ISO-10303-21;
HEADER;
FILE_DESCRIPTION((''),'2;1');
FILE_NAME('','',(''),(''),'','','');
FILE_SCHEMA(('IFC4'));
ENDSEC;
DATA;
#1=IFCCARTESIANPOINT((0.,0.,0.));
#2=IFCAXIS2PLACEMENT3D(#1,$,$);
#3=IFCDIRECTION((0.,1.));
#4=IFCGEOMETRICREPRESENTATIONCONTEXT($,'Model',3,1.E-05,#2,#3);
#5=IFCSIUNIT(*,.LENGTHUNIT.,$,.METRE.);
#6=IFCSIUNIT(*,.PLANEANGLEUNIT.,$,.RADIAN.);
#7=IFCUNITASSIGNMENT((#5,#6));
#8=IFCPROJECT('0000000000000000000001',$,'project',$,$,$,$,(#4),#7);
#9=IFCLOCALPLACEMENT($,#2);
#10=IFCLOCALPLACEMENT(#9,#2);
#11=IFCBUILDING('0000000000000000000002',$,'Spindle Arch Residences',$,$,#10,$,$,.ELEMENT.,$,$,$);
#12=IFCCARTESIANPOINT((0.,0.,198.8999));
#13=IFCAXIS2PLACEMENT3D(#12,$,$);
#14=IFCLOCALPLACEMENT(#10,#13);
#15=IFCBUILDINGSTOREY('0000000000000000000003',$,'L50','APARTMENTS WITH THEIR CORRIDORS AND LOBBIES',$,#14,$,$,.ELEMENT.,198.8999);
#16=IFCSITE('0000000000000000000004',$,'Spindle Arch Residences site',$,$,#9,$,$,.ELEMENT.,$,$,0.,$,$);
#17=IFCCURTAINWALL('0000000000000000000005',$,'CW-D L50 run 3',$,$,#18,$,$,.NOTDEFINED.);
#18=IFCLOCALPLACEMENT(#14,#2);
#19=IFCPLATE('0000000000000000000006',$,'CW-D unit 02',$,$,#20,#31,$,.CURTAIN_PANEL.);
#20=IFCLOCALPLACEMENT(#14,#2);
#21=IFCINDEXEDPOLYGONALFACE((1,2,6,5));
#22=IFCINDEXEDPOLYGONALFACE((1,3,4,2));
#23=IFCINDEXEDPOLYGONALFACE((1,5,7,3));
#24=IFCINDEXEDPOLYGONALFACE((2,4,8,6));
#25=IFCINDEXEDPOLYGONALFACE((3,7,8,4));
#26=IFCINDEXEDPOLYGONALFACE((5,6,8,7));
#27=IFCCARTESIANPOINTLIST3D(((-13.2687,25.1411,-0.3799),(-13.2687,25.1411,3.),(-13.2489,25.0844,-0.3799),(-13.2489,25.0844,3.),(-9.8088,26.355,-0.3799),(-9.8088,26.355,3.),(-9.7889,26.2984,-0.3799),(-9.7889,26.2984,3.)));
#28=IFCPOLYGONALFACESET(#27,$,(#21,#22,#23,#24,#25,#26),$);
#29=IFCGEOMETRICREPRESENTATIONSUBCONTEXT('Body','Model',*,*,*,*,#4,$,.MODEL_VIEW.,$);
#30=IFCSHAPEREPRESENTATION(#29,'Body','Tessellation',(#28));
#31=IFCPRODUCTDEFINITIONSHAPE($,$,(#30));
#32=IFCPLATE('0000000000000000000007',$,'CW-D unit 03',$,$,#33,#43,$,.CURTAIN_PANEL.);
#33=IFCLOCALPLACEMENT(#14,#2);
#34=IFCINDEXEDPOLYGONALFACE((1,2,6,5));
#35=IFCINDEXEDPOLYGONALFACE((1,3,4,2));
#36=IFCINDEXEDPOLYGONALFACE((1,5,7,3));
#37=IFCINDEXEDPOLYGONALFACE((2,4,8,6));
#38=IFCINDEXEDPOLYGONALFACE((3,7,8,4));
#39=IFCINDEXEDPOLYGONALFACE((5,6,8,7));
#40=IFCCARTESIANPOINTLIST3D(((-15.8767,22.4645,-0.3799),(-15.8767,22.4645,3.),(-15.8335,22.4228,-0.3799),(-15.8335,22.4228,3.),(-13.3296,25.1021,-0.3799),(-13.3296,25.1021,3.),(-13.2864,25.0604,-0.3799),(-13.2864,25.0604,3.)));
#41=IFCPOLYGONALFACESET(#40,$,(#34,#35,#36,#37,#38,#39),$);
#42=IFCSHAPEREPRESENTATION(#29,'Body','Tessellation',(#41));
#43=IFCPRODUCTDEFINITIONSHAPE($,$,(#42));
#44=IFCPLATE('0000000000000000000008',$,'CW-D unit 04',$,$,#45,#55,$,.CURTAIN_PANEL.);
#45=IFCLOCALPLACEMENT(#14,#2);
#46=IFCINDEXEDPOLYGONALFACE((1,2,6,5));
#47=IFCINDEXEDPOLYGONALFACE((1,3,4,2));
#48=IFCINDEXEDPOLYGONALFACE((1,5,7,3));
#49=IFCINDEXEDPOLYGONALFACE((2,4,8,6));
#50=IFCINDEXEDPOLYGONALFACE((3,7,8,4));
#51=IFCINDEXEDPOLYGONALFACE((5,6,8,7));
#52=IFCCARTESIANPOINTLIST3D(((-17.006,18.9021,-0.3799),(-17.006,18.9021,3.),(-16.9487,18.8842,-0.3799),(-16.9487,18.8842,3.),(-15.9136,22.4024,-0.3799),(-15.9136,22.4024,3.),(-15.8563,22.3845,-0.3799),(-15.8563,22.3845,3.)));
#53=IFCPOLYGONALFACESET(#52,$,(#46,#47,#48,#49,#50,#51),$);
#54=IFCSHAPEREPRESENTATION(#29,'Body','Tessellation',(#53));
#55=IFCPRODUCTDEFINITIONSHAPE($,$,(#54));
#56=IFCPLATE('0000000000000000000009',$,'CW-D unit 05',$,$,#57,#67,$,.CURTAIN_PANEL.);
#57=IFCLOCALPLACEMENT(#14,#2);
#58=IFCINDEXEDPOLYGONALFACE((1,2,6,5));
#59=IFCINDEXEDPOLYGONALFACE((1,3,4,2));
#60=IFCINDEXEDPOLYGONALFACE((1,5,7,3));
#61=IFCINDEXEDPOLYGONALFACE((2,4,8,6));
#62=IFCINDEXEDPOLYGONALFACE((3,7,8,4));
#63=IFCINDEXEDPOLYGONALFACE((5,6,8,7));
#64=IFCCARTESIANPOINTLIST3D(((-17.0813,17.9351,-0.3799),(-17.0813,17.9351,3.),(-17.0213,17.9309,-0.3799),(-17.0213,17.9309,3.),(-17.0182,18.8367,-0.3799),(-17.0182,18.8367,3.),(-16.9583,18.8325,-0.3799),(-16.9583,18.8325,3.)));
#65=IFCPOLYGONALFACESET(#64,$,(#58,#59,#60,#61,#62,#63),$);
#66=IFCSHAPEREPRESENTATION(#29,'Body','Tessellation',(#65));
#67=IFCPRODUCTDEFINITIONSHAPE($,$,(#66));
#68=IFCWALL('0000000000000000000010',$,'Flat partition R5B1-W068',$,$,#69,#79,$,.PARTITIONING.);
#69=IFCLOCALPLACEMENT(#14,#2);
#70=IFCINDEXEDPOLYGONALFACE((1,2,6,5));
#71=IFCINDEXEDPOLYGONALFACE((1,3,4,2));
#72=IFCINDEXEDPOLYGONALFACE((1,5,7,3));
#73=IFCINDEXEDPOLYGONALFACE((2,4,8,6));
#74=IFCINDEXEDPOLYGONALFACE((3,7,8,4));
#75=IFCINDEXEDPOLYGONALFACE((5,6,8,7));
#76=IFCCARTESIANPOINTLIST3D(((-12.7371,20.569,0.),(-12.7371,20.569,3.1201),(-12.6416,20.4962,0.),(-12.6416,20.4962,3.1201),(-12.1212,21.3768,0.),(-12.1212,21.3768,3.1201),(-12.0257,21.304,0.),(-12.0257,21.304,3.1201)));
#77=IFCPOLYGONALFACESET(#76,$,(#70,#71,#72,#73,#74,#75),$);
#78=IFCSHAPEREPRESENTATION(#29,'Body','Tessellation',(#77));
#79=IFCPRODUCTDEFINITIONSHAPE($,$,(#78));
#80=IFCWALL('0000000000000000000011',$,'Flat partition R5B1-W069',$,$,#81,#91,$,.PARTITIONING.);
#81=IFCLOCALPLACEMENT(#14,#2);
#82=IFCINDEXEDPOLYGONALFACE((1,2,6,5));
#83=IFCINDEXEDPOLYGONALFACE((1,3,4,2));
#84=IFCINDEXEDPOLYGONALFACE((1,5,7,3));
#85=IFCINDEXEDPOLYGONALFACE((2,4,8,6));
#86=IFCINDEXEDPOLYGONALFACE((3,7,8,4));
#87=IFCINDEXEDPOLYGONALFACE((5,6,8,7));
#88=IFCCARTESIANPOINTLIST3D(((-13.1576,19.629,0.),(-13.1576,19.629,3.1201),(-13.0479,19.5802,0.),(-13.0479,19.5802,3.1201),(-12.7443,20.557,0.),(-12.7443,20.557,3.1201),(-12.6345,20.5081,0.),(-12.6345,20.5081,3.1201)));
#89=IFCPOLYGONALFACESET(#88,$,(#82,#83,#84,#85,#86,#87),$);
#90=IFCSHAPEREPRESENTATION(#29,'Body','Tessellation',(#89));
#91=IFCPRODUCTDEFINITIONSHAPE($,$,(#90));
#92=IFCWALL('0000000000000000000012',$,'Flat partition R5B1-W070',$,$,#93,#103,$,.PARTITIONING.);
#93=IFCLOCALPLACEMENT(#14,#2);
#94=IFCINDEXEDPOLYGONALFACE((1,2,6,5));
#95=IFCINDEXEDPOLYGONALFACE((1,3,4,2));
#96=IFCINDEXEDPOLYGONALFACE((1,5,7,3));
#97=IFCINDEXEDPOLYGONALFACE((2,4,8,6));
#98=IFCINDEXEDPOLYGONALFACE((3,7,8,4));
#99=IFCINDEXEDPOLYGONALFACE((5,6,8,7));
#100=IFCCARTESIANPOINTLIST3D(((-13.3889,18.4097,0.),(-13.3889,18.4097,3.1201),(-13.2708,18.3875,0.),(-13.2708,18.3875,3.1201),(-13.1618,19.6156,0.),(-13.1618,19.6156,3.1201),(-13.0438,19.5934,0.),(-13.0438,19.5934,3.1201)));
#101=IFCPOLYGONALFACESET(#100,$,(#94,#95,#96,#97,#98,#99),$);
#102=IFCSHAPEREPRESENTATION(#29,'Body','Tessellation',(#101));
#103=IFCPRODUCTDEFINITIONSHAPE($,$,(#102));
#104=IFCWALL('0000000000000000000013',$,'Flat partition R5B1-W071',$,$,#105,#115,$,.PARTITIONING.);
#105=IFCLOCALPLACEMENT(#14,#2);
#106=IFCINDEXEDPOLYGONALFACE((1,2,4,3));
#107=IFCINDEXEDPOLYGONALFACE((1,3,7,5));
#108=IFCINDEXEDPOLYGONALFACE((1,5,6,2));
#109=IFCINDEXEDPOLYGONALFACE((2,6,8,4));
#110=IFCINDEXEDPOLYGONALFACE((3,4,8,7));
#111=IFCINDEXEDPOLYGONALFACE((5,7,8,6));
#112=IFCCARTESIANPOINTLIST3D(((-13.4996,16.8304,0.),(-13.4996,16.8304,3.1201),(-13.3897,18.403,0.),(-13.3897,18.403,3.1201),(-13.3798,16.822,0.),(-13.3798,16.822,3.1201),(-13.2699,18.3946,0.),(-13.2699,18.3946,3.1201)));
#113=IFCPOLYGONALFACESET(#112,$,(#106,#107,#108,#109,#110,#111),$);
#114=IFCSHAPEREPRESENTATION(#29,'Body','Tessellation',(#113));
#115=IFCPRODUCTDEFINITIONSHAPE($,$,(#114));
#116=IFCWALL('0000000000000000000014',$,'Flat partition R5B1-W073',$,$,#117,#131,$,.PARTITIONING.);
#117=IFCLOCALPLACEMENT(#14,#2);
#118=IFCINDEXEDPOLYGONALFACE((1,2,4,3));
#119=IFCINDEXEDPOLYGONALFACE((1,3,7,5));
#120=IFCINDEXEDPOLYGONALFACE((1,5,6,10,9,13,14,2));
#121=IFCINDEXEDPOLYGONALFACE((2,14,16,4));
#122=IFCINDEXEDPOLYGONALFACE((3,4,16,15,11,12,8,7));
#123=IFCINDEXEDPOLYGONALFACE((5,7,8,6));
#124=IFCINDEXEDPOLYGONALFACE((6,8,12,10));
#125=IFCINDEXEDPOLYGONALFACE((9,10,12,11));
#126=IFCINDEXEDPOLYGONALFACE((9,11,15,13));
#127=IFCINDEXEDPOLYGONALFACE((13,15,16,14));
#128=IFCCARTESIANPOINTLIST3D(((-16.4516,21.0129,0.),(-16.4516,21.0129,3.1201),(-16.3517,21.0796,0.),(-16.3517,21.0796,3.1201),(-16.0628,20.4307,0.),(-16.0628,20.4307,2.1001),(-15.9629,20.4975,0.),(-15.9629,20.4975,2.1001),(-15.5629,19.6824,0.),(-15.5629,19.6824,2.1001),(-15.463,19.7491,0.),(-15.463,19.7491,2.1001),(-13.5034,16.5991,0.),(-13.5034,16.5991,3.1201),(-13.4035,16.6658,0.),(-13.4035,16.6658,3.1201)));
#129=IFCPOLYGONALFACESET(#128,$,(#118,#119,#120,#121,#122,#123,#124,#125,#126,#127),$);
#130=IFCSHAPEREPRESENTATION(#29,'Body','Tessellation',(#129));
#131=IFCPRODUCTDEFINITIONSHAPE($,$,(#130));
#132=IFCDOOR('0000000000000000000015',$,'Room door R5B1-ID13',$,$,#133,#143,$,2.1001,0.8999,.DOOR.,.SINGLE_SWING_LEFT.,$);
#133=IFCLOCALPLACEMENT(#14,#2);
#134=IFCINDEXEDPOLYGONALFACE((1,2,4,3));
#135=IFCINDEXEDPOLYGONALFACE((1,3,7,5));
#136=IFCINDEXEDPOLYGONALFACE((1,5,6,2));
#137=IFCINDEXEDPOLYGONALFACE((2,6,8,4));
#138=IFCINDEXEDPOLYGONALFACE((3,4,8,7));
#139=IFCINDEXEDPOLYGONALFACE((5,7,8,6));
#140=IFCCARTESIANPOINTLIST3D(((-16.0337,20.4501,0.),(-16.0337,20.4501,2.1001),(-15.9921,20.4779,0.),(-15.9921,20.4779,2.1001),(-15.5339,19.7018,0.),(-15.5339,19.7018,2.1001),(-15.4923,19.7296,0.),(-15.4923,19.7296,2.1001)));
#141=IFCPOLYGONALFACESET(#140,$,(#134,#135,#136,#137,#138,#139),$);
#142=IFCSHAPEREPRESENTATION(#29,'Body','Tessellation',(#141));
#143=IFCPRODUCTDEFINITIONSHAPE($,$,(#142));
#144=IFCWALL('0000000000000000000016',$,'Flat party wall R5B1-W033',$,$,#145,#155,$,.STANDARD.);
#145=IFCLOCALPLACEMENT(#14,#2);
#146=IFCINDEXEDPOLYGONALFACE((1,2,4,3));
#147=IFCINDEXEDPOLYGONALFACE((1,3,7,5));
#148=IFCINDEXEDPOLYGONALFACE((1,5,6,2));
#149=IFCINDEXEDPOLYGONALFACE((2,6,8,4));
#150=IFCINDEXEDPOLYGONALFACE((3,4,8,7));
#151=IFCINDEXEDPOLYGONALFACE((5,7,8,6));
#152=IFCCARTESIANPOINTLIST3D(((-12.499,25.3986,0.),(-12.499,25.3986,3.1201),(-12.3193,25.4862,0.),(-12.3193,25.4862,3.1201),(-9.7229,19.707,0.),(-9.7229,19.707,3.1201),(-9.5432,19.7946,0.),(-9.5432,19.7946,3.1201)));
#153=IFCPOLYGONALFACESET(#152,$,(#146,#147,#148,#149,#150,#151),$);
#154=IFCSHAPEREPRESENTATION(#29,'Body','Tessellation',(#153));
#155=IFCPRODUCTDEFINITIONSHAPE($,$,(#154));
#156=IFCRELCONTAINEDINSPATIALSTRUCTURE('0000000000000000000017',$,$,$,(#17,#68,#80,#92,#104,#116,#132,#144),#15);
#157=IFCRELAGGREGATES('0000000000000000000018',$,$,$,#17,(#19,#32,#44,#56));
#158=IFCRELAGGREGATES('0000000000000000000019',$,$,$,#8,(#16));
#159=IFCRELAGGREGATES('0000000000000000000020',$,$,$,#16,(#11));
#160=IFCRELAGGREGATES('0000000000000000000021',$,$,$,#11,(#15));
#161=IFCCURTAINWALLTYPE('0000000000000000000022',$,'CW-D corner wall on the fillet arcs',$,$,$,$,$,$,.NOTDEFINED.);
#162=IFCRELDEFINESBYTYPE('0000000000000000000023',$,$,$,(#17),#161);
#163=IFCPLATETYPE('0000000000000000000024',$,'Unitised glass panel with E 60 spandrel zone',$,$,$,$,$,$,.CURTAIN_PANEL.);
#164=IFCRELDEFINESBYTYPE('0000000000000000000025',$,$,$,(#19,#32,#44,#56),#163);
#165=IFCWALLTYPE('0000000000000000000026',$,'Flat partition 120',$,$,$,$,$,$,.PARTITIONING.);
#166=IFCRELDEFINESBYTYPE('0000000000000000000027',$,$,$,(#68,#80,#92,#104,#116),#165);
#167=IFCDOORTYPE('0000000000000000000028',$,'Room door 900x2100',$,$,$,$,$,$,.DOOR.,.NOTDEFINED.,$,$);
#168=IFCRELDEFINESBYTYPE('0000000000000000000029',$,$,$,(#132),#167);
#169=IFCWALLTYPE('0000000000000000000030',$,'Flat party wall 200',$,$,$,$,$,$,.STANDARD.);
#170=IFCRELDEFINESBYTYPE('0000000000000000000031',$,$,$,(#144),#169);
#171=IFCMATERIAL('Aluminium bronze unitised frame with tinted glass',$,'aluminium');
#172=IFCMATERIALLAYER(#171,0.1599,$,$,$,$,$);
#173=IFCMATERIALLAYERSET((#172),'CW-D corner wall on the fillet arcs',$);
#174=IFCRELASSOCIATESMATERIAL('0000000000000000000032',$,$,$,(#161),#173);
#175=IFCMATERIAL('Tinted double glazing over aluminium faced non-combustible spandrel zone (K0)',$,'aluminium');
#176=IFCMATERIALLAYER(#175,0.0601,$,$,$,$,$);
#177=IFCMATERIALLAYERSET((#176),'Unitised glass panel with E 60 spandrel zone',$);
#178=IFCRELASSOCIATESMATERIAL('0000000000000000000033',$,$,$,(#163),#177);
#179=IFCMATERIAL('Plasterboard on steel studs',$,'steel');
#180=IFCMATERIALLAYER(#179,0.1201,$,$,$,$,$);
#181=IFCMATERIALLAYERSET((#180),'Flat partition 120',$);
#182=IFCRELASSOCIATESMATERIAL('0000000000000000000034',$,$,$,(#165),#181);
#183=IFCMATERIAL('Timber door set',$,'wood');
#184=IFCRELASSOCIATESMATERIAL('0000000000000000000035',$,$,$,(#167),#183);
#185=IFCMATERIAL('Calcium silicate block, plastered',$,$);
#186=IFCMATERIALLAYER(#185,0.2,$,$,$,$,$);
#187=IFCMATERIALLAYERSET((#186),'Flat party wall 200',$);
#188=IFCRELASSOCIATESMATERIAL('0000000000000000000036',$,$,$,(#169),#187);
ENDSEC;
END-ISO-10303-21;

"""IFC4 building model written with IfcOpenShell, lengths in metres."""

from ifc_helpers import new_model, si_unit, direction, frame, frame_2d, origin, origin_2d, place, context, subcontext, project, spatial, rectangle, extrude, material, layer, layer_set, type_object, element, fill, aggregate, save


model = new_model("IFC4")

# Units and contexts
model_context = context("Model", 3, precision=1e-05, world=origin(), true_north=direction((0.0, 1.0)))
body_context = subcontext(model_context, "Body", "Model", "MODEL_VIEW")
ifc_project = project(units=[si_unit("LENGTHUNIT", "METRE"), si_unit("PLANEANGLEUNIT", "RADIAN")], contexts=[model_context])

# Site, building, storey
site_placement = place(None, origin())
site = spatial("IfcSite", under=ifc_project, at=site_placement, Name="Spindle Arch Residences site", CompositionType="ELEMENT", RefElevation=0.0)
building_placement = place(site_placement, origin())
building = spatial("IfcBuilding", under=site, at=building_placement, Name="Spindle Arch Residences", CompositionType="ELEMENT")
storey_placement = place(building_placement, frame((0.0, 0.0, 198.8999)))
storey = spatial("IfcBuildingStorey", under=building, at=storey_placement, Name="L50", Description="APARTMENTS WITH THEIR CORRIDORS AND LOBBIES", CompositionType="ELEMENT", Elevation=198.8999)

# Curtain wall
ifc_material_1 = material(Name="Aluminium bronze unitised frame with tinted glass", Category="aluminium")
ifc_layer_1 = layer(ifc_material_1, 0.1599)
ifc_layer_set_1 = layer_set([ifc_layer_1], Name="CW-D corner wall on the fillet arcs")
curtain_wall_type_1 = type_object("IfcCurtainWallType", Name="CW-D corner wall on the fillet arcs", PredefinedType="NOTDEFINED", material=ifc_layer_set_1)
curtain_wall_1_placement = place(storey_placement, origin())
curtain_wall_1 = element("IfcCurtainWall", 1, at=curtain_wall_1_placement, inside=storey, type_object=curtain_wall_type_1, Name="CW-D L50 run 3", PredefinedType="NOTDEFINED")

# Plates
ifc_material_2 = material(Name="Tinted double glazing over aluminium faced non-combustible spandrel zone (K0)", Category="aluminium")
ifc_layer_2 = layer(ifc_material_2, 0.0601)
ifc_layer_set_2 = layer_set([ifc_layer_2], Name="Unitised glass panel with E 60 spandrel zone")
plate_type = type_object("IfcPlateType", Name="Unitised glass panel with E 60 spandrel zone", PredefinedType="CURTAIN_PANEL", material=ifc_layer_set_2)
plate_1_placement = place(storey_placement, frame((-11.5288, 25.7197, -0.3799), z_axis=(0.0, 0.0, 1.0), x_axis=(-0.943609, -0.331063, 0.0)))
plate_1 = element("IfcPlate", 2, at=plate_1_placement, type_object=plate_type, Name="CW-D unit 02", PredefinedType="CURTAIN_PANEL", context=body_context, shape_type="SweptSolid", body=[
    extrude(rectangle(XDim=3.6667, YDim=0.0601, at=origin_2d()), origin(), (0.0, 0.0, 1.0), 3.3799),
])
plate_2_placement = place(storey_placement, frame((-14.5815, 23.7625, -0.3799), z_axis=(0.0, 0.0, 1.0), x_axis=(-0.694658, -0.71934, 0.0)))
plate_2 = element("IfcPlate", 3, at=plate_2_placement, type_object=plate_type, Name="CW-D unit 03", PredefinedType="CURTAIN_PANEL", context=body_context, shape_type="SweptSolid", body=[
    extrude(rectangle(XDim=3.6667, YDim=0.0601, at=origin_2d()), origin(), (0.0, 0.0, 1.0), 3.3799),
])
plate_3_placement = place(storey_placement, frame((-16.4312, 20.6433, -0.3799), z_axis=(0.0, 0.0, 1.0), x_axis=(-0.29793, -0.954588, 0.0)))
plate_3 = element("IfcPlate", 4, at=plate_3_placement, type_object=plate_type, Name="CW-D unit 04", PredefinedType="CURTAIN_PANEL", context=body_context, shape_type="SweptSolid", body=[
    extrude(rectangle(XDim=3.6667, YDim=0.0601, at=origin_2d()), origin(), (0.0, 0.0, 1.0), 3.3799),
])
plate_4_placement = place(storey_placement, frame((-17.0198, 18.3838, -0.3799), z_axis=(0.0, 0.0, 1.0), x_axis=(-0.069756, -0.997564, 0.0)))
plate_4 = element("IfcPlate", 5, at=plate_4_placement, type_object=plate_type, Name="CW-D unit 05", PredefinedType="CURTAIN_PANEL", context=body_context, shape_type="SweptSolid", body=[
    extrude(rectangle(XDim=0.9038, YDim=0.0601, at=origin_2d()), origin(), (0.0, 0.0, 1.0), 3.3799),
])
aggregate(curtain_wall_1, [plate_1, plate_2, plate_3, plate_4])

# Walls
ifc_material_3 = material(Name="Plasterboard on steel studs", Category="steel")
ifc_layer_3 = layer(ifc_material_3, 0.1201)
ifc_layer_set_3 = layer_set([ifc_layer_3], Name="Flat partition 120")
wall_type_1 = type_object("IfcWallType", Name="Flat partition 120", PredefinedType="PARTITIONING", material=ifc_layer_set_3)
for number, where, z_axis, x_axis, name in (
    (6, (-12.0735, 21.3403, 0.0), (0.0, 0.0, 1.0), (-0.606326, -0.795217, 0.0), "Flat partition R5B1-W068"),
    (7, (-12.6895, 20.5325, 0.0), (0.0, 0.0, 1.0), (-0.406874, -0.913484, 0.0), "Flat partition R5B1-W069"),
):
    element("IfcWall", number, at=place(storey_placement, frame(where, z_axis=z_axis, x_axis=x_axis)), inside=storey, type_object=wall_type_1, Name=name, PredefinedType="PARTITIONING", context=body_context, shape_type="SweptSolid", body=[
        extrude(rectangle(XDim=1.0159, YDim=0.1201, at=frame_2d((0.5078, 0.0))), origin(), (0.0, 0.0, 1.0), 3.1201),
    ])
wall_1_placement = place(storey_placement, frame((-13.1028, 19.6045, 0.0), z_axis=(0.0, 0.0, 1.0), x_axis=(-0.185045, -0.98273, 0.0)))
element("IfcWall", 8, at=wall_1_placement, inside=storey, type_object=wall_type_1, Name="Flat partition R5B1-W070", PredefinedType="PARTITIONING", context=body_context, shape_type="SweptSolid", body=[
    extrude(rectangle(XDim=1.2271, YDim=0.1201, at=frame_2d((0.6135, 0.0))), origin(), (0.0, 0.0, 1.0), 3.1201),
])
wall_2_placement = place(storey_placement, frame((-13.3298, 18.3987, 0.0), z_axis=(0.0, 0.0, 1.0), x_axis=(-0.069695, -0.997568, 0.0)))
element("IfcWall", 9, at=wall_2_placement, inside=storey, type_object=wall_type_1, Name="Flat partition R5B1-W071", PredefinedType="PARTITIONING", context=body_context, shape_type="SweptSolid", body=[
    extrude(rectangle(XDim=1.5764, YDim=0.1201, at=frame_2d((0.7881, 0.0))), origin(), (0.0, 0.0, 1.0), 3.1201),
])

# Wall, opening, door
wall_3_placement = place(storey_placement, frame((-16.4016, 21.0461, 0.0), z_axis=(0.0, 0.0, 1.0), x_axis=(0.555443, -0.831555, 0.0)))
wall_3 = element("IfcWall", 10, at=wall_3_placement, inside=storey, type_object=wall_type_1, Name="Flat partition R5B1-W073", PredefinedType="PARTITIONING", context=body_context, shape_type="SweptSolid", body=[
    extrude(rectangle(XDim=5.3079, YDim=0.1201, at=frame_2d((2.6538, 0.0))), origin(), (0.0, 0.0, 1.0), 3.1201),
])
opening_placement = place(wall_3_placement, frame((0.7, 0.0, 0.0)))
opening = element("IfcOpeningElement", 11, at=opening_placement, cuts=wall_3, PredefinedType="OPENING", context=body_context, shape_type="SweptSolid", body=[
    extrude(rectangle(XDim=0.8999, YDim=2.1001, at=frame_2d((0.45, 1.05))), frame((0.0, 0.0701, 0.0), z_axis=(0.0, -1.0, 0.0), x_axis=(1.0, 0.0, 0.0)), (0.0, 0.0, 1.0), 0.1401),
])
ifc_material_4 = material(Name="Timber door set", Category="wood")
door_type = type_object("IfcDoorType", Name="Room door 900x2100", OperationType="NOTDEFINED", PredefinedType="DOOR", material=ifc_material_4)
door_placement = place(opening_placement, origin())
door = element("IfcDoor", 12, at=door_placement, inside=storey, type_object=door_type, Name="Room door R5B1-ID13", OperationType="SINGLE_SWING_LEFT", OverallHeight=2.1001, OverallWidth=0.8999, PredefinedType="DOOR", context=body_context, shape_type="SweptSolid", body=[
    extrude(rectangle(XDim=0.8999, YDim=2.1001, at=frame_2d((0.45, 1.05))), frame((0.0, 0.0249, 0.0), z_axis=(0.0, -1.0, 0.0), x_axis=(1.0, 0.0, 0.0)), (0.0, 0.0, 1.0), 0.05),
])
fill(opening, door)

# Wall
ifc_material_5 = material(Name="Calcium silicate block, plastered")
ifc_layer_4 = layer(ifc_material_5, 0.2)
ifc_layer_set_4 = layer_set([ifc_layer_4], Name="Flat party wall 200")
wall_type_2 = type_object("IfcWallType", Name="Flat party wall 200", PredefinedType="STANDARD", material=ifc_layer_set_4)
wall_4_placement = place(storey_placement, frame((-12.4092, 25.4424, 0.0), z_axis=(0.0, 0.0, 1.0), x_axis=(0.438386, -0.898787, 0.0)))
element("IfcWall", 13, at=wall_4_placement, inside=storey, type_object=wall_type_2, Name="Flat party wall R5B1-W033", PredefinedType="STANDARD", context=body_context, shape_type="SweptSolid", body=[
    extrude(rectangle(XDim=6.3325, YDim=0.2, at=frame_2d((3.1663, 0.0))), origin(), (0.0, 0.0, 1.0), 3.1201),
])

save(model, "model.ifc")
